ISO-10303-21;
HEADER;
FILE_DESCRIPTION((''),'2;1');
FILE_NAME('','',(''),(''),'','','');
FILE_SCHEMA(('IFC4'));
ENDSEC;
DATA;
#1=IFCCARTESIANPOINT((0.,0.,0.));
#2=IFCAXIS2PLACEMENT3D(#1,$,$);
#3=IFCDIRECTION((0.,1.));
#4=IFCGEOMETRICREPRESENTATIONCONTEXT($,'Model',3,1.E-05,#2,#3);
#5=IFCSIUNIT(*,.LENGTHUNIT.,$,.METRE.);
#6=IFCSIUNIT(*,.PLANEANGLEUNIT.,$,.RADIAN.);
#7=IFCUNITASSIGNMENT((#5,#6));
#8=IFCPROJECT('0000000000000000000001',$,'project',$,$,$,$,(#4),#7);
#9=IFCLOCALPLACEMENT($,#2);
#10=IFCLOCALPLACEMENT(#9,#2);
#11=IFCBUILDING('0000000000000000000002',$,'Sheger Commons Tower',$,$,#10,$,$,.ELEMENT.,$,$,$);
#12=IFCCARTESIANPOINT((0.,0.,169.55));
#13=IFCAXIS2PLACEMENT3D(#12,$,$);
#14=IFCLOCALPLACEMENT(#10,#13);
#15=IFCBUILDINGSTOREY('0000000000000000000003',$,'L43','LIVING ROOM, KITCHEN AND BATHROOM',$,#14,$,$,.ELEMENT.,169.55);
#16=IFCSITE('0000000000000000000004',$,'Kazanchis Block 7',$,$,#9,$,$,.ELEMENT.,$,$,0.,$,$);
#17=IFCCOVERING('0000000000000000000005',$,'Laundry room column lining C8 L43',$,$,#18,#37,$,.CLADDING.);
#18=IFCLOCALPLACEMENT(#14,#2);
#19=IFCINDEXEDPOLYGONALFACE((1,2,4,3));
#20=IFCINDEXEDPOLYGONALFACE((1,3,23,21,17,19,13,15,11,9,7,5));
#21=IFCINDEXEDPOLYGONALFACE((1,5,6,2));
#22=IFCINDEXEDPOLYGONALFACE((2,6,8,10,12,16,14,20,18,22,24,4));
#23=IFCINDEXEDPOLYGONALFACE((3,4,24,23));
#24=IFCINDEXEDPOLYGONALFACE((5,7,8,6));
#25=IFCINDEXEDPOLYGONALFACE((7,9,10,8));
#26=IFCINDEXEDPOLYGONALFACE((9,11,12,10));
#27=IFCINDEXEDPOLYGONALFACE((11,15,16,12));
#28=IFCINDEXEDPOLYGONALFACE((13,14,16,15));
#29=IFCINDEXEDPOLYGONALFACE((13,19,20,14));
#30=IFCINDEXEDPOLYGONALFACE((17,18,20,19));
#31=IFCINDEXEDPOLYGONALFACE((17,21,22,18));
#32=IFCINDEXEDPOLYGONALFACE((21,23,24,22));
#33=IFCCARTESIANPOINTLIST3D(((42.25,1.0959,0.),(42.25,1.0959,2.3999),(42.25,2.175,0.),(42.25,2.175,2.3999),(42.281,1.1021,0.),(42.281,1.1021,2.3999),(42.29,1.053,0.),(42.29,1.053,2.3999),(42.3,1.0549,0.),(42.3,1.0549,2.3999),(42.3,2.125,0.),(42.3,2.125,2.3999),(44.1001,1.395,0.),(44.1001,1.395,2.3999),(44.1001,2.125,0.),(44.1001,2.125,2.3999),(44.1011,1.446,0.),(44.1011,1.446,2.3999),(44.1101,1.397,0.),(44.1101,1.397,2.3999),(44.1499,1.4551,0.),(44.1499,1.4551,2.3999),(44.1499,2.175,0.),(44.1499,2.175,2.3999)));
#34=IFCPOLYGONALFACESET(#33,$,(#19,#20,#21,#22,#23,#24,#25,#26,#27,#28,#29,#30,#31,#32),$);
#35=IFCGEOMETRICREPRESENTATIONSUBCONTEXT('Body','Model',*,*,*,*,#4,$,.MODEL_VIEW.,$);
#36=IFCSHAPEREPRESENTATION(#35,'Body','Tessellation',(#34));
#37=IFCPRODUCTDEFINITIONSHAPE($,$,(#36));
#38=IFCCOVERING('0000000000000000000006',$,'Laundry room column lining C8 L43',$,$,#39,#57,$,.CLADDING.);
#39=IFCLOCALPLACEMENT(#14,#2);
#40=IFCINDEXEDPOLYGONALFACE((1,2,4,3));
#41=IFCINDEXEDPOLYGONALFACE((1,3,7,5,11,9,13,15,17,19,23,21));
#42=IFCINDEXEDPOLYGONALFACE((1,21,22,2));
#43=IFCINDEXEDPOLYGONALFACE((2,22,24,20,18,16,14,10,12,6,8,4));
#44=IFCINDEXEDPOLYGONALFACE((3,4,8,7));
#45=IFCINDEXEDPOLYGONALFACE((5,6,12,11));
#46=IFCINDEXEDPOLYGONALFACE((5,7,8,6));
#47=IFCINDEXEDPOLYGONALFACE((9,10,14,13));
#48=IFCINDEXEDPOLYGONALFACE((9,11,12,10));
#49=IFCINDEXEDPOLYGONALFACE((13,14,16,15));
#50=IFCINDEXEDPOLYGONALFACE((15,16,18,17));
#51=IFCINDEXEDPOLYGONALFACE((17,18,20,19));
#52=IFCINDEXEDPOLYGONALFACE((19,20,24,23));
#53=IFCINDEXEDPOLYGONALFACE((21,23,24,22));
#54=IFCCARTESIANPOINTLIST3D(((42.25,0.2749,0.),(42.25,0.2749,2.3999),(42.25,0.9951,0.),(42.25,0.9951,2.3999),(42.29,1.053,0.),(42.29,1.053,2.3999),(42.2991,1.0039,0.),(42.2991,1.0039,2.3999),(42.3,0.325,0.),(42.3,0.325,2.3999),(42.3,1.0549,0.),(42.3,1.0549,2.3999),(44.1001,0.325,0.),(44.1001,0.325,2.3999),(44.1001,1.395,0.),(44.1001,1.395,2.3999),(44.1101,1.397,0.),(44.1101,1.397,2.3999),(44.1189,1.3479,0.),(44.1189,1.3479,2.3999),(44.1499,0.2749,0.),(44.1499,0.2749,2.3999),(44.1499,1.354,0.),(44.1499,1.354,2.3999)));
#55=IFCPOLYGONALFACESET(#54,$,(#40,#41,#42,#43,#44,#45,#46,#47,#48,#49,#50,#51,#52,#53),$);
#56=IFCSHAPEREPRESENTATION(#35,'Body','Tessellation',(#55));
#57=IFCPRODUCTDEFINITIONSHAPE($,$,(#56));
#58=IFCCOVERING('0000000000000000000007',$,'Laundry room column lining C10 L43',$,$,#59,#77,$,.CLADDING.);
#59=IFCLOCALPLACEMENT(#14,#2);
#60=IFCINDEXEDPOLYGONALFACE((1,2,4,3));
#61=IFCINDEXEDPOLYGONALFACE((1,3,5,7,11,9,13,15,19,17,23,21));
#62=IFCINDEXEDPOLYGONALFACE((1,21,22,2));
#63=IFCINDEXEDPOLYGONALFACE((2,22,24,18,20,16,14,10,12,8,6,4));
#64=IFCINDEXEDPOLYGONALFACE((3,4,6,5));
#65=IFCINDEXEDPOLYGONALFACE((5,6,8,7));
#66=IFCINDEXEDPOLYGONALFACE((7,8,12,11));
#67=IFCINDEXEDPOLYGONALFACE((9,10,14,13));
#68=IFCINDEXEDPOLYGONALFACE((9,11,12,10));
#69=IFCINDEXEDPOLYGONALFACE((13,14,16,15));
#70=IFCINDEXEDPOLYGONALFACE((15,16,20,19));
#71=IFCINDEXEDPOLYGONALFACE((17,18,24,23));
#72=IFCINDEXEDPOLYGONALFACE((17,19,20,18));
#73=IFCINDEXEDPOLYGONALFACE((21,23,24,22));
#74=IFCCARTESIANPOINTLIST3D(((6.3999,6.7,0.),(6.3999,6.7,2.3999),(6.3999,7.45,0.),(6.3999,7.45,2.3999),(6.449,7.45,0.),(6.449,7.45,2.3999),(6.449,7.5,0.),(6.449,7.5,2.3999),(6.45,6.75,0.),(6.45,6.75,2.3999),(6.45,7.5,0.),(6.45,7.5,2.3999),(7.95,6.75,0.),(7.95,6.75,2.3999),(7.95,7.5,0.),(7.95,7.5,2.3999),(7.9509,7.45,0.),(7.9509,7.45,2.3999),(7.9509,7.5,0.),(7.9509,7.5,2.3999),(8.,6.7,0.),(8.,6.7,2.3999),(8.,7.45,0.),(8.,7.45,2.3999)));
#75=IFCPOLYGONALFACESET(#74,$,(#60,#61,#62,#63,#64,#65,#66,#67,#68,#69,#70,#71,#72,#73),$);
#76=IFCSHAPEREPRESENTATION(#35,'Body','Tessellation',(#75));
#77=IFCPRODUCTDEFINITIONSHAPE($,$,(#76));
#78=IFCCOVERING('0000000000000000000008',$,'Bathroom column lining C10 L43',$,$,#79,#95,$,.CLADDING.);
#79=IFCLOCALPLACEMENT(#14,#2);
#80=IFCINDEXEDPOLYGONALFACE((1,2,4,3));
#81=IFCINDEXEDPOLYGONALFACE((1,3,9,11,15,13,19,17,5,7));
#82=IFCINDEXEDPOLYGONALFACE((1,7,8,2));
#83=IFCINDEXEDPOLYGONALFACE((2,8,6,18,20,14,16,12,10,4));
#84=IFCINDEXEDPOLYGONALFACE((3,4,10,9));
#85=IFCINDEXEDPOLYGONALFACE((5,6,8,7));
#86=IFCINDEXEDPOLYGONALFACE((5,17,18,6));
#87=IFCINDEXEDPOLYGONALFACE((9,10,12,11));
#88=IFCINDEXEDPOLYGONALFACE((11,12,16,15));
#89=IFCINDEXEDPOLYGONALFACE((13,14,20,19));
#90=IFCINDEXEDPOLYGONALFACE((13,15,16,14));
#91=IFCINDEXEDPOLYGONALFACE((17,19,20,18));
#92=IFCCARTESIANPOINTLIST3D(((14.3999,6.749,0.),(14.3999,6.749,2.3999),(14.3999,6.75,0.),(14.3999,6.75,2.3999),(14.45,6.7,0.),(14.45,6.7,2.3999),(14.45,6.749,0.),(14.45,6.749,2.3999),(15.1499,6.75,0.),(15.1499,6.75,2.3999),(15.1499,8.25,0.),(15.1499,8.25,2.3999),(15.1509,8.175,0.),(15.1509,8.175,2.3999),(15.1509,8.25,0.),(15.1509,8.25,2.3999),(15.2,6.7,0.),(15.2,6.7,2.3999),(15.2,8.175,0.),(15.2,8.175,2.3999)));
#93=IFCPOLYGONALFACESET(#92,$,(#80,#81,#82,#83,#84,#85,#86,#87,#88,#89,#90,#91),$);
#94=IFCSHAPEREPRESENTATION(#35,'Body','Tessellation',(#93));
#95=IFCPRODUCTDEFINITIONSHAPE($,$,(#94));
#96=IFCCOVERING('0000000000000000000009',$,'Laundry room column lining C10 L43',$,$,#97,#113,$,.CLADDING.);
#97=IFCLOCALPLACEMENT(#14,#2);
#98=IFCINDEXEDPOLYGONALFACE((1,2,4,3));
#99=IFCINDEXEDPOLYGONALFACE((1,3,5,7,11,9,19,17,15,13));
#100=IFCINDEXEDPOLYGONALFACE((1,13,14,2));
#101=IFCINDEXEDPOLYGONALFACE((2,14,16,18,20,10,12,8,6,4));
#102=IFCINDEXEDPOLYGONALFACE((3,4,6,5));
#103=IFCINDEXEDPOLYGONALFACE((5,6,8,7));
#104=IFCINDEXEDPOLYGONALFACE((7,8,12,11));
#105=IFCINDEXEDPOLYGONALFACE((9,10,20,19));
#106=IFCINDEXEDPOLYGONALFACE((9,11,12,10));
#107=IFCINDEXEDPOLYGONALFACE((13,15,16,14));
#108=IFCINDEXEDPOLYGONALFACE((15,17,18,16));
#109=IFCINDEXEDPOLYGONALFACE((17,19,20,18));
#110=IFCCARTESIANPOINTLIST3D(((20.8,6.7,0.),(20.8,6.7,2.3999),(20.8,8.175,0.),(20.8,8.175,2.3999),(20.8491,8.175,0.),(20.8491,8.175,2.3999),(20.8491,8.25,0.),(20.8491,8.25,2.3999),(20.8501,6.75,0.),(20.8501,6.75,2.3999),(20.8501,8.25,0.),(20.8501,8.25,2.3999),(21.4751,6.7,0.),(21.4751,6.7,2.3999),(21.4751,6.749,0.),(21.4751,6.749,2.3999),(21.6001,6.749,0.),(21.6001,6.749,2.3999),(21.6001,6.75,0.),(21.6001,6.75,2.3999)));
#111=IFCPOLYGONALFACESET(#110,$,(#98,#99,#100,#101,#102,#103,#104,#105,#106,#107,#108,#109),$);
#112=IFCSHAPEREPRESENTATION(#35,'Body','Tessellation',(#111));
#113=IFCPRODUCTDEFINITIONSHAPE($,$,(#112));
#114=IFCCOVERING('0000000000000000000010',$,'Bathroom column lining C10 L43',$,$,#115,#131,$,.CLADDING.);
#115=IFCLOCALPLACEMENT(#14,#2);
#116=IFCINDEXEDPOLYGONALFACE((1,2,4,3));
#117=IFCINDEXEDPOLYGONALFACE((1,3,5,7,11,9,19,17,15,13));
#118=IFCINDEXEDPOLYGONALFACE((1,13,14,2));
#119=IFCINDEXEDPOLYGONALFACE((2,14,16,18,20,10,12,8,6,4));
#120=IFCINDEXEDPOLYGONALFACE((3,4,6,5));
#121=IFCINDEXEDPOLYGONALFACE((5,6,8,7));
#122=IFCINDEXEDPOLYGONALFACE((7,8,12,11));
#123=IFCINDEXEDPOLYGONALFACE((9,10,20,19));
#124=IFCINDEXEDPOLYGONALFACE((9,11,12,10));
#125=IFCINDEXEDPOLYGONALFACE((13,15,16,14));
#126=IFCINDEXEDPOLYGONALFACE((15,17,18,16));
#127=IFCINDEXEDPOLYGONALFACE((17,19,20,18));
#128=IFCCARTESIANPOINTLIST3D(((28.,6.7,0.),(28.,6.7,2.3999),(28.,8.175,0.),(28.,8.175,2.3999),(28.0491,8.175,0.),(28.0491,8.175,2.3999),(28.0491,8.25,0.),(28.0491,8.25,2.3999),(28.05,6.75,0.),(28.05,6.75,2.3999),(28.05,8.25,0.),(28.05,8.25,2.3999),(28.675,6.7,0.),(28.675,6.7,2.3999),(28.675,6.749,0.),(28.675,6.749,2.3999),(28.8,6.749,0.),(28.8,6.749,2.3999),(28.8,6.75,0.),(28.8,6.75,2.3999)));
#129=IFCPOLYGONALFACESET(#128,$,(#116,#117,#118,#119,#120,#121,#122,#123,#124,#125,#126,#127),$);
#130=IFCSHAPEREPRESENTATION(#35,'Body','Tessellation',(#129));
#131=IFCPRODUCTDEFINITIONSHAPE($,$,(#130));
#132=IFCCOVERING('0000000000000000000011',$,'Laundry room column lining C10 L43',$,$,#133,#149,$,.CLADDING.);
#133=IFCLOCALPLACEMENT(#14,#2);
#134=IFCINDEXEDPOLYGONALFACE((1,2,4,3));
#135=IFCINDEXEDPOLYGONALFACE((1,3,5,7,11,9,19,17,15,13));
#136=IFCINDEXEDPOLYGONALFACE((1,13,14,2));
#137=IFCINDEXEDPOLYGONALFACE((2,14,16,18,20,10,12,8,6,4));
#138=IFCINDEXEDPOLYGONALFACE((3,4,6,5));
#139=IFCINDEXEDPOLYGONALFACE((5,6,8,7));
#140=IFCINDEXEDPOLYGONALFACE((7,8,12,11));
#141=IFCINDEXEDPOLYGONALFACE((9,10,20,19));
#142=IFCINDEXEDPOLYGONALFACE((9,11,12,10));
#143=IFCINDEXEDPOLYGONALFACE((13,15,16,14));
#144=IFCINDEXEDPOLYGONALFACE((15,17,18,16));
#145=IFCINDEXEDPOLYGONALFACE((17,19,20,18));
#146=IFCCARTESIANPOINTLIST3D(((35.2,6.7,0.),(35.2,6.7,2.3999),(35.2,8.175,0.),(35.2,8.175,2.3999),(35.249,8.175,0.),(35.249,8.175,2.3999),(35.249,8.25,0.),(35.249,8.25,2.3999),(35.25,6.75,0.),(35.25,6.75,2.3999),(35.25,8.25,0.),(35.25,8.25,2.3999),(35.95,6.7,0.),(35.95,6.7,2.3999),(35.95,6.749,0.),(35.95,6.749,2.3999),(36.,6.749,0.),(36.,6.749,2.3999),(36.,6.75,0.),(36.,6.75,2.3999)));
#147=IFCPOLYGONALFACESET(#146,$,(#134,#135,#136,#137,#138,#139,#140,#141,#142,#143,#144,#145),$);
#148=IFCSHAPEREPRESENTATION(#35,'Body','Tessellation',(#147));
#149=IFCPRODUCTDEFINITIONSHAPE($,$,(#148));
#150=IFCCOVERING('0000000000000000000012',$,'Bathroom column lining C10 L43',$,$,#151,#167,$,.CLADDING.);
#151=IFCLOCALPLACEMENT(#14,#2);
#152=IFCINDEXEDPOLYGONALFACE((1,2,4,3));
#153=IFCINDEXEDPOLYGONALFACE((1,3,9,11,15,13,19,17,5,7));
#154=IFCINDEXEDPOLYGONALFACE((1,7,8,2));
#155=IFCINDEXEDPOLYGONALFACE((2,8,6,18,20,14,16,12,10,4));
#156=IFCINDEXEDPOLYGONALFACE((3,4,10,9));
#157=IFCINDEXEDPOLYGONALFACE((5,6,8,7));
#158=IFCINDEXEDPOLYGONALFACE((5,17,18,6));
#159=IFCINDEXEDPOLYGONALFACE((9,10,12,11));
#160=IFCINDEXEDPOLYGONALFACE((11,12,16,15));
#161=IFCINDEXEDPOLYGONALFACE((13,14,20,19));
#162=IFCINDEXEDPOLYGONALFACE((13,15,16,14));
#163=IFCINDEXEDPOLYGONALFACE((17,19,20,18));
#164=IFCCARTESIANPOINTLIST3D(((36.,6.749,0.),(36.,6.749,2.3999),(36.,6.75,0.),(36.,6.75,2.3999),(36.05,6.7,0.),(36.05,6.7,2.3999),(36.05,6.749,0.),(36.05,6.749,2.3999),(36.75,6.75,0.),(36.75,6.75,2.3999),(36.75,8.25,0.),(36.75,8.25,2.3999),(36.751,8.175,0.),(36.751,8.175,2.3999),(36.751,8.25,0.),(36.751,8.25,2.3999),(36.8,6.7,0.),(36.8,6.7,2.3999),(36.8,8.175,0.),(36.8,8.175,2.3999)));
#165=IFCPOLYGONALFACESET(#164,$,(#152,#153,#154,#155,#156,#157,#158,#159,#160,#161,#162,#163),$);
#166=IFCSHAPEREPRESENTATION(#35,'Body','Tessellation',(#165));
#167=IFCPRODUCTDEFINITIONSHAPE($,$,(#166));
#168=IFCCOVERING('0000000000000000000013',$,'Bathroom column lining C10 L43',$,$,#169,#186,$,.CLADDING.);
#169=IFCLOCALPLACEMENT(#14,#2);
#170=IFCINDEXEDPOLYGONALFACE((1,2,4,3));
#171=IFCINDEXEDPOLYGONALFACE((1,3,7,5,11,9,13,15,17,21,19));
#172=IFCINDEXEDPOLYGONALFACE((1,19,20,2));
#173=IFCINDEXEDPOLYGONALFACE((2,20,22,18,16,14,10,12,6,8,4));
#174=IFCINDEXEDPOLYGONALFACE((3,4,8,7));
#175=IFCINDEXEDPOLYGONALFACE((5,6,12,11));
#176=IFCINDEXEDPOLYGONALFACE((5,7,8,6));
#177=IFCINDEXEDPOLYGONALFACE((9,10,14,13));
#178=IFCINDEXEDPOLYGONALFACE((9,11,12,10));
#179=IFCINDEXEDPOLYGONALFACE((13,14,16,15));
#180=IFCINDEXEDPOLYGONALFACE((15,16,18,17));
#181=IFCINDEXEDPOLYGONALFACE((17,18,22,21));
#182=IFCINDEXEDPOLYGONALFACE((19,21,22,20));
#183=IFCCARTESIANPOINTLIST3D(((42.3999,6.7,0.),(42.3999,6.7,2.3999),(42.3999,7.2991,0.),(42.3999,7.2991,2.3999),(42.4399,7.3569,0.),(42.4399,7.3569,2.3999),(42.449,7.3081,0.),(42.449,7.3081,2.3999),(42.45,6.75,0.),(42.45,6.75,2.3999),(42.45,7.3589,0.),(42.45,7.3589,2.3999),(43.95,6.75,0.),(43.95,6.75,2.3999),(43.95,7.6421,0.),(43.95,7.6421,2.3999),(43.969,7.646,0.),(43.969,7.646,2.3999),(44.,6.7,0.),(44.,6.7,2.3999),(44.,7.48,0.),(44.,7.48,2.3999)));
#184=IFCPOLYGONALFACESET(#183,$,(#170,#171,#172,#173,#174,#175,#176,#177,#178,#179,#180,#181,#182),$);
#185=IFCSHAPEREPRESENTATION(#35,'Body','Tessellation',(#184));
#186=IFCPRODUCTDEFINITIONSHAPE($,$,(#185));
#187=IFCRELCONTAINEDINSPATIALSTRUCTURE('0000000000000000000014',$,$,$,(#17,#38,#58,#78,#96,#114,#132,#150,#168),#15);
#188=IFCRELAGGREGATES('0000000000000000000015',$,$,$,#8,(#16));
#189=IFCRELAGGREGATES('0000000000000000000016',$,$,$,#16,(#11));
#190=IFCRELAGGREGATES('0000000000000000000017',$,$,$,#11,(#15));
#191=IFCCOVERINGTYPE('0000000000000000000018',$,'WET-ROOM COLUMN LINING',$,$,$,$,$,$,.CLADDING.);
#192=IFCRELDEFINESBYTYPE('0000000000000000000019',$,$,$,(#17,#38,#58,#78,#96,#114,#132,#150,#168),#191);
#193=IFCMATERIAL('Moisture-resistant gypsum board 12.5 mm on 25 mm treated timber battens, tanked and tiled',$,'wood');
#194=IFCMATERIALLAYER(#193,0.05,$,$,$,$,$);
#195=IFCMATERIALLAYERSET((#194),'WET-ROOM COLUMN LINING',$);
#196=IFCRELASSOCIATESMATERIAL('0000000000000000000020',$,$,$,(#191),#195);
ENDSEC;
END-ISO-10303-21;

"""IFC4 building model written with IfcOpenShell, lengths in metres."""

from ifc_helpers import new_model, si_unit, direction, frame, origin, place, context, subcontext, project, spatial, polyline, outline, extrude, material, layer, layer_set, type_object, element, save


model = new_model("IFC4")

# Units and contexts
model_context = context("Model", 3, precision=1e-05, world=origin(), true_north=direction((0.0, 1.0)))
body_context = subcontext(model_context, "Body", "Model", "MODEL_VIEW")
ifc_project = project(units=[si_unit("LENGTHUNIT", "METRE"), si_unit("PLANEANGLEUNIT", "RADIAN")], contexts=[model_context])

# Site, building, storey
site_placement = place(None, origin())
site = spatial("IfcSite", under=ifc_project, at=site_placement, Name="Kazanchis Block 7", CompositionType="ELEMENT", RefElevation=0.0)
building_placement = place(site_placement, origin())
building = spatial("IfcBuilding", under=site, at=building_placement, Name="Sheger Commons Tower", CompositionType="ELEMENT")
storey_placement = place(building_placement, frame((0.0, 0.0, 169.55)))
storey = spatial("IfcBuildingStorey", under=building, at=storey_placement, Name="L43", Description="LIVING ROOM, KITCHEN AND BATHROOM", CompositionType="ELEMENT", Elevation=169.55)

# Coverings
ifc_material_1 = material(Name="Moisture-resistant gypsum board 12.5 mm on 25 mm treated timber battens, tanked and tiled", Category="wood")
ifc_layer_1 = layer(ifc_material_1, 0.05)
ifc_layer_set_1 = layer_set([ifc_layer_1], Name="WET-ROOM COLUMN LINING")
covering_type_1 = type_object("IfcCoveringType", Name="WET-ROOM COLUMN LINING", PredefinedType="CLADDING", material=ifc_layer_set_1)
covering_1_placement = place(storey_placement, origin())
element("IfcCovering", 1, at=covering_1_placement, inside=storey, type_object=covering_type_1, Name="Laundry room column lining C8 L43", PredefinedType="CLADDING", context=body_context, shape_type="SweptSolid", body=[
    extrude(outline(polyline([(44.1499, 2.175), (44.1499, 1.4551), (44.1011, 1.446), (44.1101, 1.397), (44.1001, 1.395), (44.1001, 2.125), (42.3, 2.125), (42.3, 1.0549), (42.29, 1.053), (42.281, 1.1021), (42.25, 1.0959), (42.25, 2.175), (44.1499, 2.175)])), origin(), (0.0, 0.0, 1.0), 2.3999),
])
covering_2_placement = place(storey_placement, origin())
element("IfcCovering", 2, at=covering_2_placement, inside=storey, type_object=covering_type_1, Name="Laundry room column lining C8 L43", PredefinedType="CLADDING", context=body_context, shape_type="SweptSolid", body=[
    extrude(outline(polyline([(42.3, 1.0549), (42.3, 0.325), (44.1001, 0.325), (44.1001, 1.395), (44.1101, 1.397), (44.1189, 1.3479), (44.1499, 1.354), (44.1499, 0.2749), (42.25, 0.2749), (42.25, 0.9951), (42.2991, 1.0039), (42.29, 1.053), (42.3, 1.0549)])), origin(), (0.0, 0.0, 1.0), 2.3999),
])
covering_3_placement = place(storey_placement, origin())
element("IfcCovering", 3, at=covering_3_placement, inside=storey, type_object=covering_type_1, Name="Laundry room column lining C10 L43", PredefinedType="CLADDING", context=body_context, shape_type="SweptSolid", body=[
    extrude(outline(polyline([(6.45, 7.5), (6.45, 6.75), (7.95, 6.75), (7.95, 7.5), (7.9509, 7.5), (7.9509, 7.45), (8.0, 7.45), (8.0, 6.7), (6.3999, 6.7), (6.3999, 7.45), (6.449, 7.45), (6.449, 7.5), (6.45, 7.5)])), origin(), (0.0, 0.0, 1.0), 2.3999),
])
covering_4_placement = place(storey_placement, origin())
element("IfcCovering", 4, at=covering_4_placement, inside=storey, type_object=covering_type_1, Name="Bathroom column lining C10 L43", PredefinedType="CLADDING", context=body_context, shape_type="SweptSolid", body=[
    extrude(outline(polyline([(14.45, 6.7), (14.45, 6.749), (14.3999, 6.749), (14.3999, 6.75), (15.1499, 6.75), (15.1499, 8.25), (15.1509, 8.25), (15.1509, 8.175), (15.2, 8.175), (15.2, 6.7), (14.45, 6.7)])), origin(), (0.0, 0.0, 1.0), 2.3999),
])
covering_5_placement = place(storey_placement, origin())
element("IfcCovering", 5, at=covering_5_placement, inside=storey, type_object=covering_type_1, Name="Laundry room column lining C10 L43", PredefinedType="CLADDING", context=body_context, shape_type="SweptSolid", body=[
    extrude(outline(polyline([(20.8501, 8.25), (20.8501, 6.75), (21.6001, 6.75), (21.6001, 6.749), (21.4751, 6.749), (21.4751, 6.7), (20.8, 6.7), (20.8, 8.175), (20.8491, 8.175), (20.8491, 8.25), (20.8501, 8.25)])), origin(), (0.0, 0.0, 1.0), 2.3999),
])
covering_6_placement = place(storey_placement, origin())
element("IfcCovering", 6, at=covering_6_placement, inside=storey, type_object=covering_type_1, Name="Bathroom column lining C10 L43", PredefinedType="CLADDING", context=body_context, shape_type="SweptSolid", body=[
    extrude(outline(polyline([(28.05, 8.25), (28.05, 6.75), (28.8, 6.75), (28.8, 6.749), (28.675, 6.749), (28.675, 6.7), (28.0, 6.7), (28.0, 8.175), (28.0491, 8.175), (28.0491, 8.25), (28.05, 8.25)])), origin(), (0.0, 0.0, 1.0), 2.3999),
])
covering_7_placement = place(storey_placement, origin())
element("IfcCovering", 7, at=covering_7_placement, inside=storey, type_object=covering_type_1, Name="Laundry room column lining C10 L43", PredefinedType="CLADDING", context=body_context, shape_type="SweptSolid", body=[
    extrude(outline(polyline([(35.25, 8.25), (35.25, 6.75), (36.0, 6.75), (36.0, 6.749), (35.95, 6.749), (35.95, 6.7), (35.2, 6.7), (35.2, 8.175), (35.249, 8.175), (35.249, 8.25), (35.25, 8.25)])), origin(), (0.0, 0.0, 1.0), 2.3999),
])
covering_8_placement = place(storey_placement, origin())
element("IfcCovering", 8, at=covering_8_placement, inside=storey, type_object=covering_type_1, Name="Bathroom column lining C10 L43", PredefinedType="CLADDING", context=body_context, shape_type="SweptSolid", body=[
    extrude(outline(polyline([(36.05, 6.7), (36.05, 6.749), (36.0, 6.749), (36.0, 6.75), (36.75, 6.75), (36.75, 8.25), (36.751, 8.25), (36.751, 8.175), (36.8, 8.175), (36.8, 6.7), (36.05, 6.7)])), origin(), (0.0, 0.0, 1.0), 2.3999),
])
covering_9_placement = place(storey_placement, origin())
element("IfcCovering", 9, at=covering_9_placement, inside=storey, type_object=covering_type_1, Name="Bathroom column lining C10 L43", PredefinedType="CLADDING", context=body_context, shape_type="SweptSolid", body=[
    extrude(outline(polyline([(42.45, 7.3589), (42.45, 6.75), (43.95, 6.75), (43.95, 7.6421), (43.969, 7.646), (44.0, 7.48), (44.0, 6.7), (42.3999, 6.7), (42.3999, 7.2991), (42.449, 7.3081), (42.4399, 7.3569), (42.45, 7.3589)])), origin(), (0.0, 0.0, 1.0), 2.3999),
])

save(model, "model.ifc")
